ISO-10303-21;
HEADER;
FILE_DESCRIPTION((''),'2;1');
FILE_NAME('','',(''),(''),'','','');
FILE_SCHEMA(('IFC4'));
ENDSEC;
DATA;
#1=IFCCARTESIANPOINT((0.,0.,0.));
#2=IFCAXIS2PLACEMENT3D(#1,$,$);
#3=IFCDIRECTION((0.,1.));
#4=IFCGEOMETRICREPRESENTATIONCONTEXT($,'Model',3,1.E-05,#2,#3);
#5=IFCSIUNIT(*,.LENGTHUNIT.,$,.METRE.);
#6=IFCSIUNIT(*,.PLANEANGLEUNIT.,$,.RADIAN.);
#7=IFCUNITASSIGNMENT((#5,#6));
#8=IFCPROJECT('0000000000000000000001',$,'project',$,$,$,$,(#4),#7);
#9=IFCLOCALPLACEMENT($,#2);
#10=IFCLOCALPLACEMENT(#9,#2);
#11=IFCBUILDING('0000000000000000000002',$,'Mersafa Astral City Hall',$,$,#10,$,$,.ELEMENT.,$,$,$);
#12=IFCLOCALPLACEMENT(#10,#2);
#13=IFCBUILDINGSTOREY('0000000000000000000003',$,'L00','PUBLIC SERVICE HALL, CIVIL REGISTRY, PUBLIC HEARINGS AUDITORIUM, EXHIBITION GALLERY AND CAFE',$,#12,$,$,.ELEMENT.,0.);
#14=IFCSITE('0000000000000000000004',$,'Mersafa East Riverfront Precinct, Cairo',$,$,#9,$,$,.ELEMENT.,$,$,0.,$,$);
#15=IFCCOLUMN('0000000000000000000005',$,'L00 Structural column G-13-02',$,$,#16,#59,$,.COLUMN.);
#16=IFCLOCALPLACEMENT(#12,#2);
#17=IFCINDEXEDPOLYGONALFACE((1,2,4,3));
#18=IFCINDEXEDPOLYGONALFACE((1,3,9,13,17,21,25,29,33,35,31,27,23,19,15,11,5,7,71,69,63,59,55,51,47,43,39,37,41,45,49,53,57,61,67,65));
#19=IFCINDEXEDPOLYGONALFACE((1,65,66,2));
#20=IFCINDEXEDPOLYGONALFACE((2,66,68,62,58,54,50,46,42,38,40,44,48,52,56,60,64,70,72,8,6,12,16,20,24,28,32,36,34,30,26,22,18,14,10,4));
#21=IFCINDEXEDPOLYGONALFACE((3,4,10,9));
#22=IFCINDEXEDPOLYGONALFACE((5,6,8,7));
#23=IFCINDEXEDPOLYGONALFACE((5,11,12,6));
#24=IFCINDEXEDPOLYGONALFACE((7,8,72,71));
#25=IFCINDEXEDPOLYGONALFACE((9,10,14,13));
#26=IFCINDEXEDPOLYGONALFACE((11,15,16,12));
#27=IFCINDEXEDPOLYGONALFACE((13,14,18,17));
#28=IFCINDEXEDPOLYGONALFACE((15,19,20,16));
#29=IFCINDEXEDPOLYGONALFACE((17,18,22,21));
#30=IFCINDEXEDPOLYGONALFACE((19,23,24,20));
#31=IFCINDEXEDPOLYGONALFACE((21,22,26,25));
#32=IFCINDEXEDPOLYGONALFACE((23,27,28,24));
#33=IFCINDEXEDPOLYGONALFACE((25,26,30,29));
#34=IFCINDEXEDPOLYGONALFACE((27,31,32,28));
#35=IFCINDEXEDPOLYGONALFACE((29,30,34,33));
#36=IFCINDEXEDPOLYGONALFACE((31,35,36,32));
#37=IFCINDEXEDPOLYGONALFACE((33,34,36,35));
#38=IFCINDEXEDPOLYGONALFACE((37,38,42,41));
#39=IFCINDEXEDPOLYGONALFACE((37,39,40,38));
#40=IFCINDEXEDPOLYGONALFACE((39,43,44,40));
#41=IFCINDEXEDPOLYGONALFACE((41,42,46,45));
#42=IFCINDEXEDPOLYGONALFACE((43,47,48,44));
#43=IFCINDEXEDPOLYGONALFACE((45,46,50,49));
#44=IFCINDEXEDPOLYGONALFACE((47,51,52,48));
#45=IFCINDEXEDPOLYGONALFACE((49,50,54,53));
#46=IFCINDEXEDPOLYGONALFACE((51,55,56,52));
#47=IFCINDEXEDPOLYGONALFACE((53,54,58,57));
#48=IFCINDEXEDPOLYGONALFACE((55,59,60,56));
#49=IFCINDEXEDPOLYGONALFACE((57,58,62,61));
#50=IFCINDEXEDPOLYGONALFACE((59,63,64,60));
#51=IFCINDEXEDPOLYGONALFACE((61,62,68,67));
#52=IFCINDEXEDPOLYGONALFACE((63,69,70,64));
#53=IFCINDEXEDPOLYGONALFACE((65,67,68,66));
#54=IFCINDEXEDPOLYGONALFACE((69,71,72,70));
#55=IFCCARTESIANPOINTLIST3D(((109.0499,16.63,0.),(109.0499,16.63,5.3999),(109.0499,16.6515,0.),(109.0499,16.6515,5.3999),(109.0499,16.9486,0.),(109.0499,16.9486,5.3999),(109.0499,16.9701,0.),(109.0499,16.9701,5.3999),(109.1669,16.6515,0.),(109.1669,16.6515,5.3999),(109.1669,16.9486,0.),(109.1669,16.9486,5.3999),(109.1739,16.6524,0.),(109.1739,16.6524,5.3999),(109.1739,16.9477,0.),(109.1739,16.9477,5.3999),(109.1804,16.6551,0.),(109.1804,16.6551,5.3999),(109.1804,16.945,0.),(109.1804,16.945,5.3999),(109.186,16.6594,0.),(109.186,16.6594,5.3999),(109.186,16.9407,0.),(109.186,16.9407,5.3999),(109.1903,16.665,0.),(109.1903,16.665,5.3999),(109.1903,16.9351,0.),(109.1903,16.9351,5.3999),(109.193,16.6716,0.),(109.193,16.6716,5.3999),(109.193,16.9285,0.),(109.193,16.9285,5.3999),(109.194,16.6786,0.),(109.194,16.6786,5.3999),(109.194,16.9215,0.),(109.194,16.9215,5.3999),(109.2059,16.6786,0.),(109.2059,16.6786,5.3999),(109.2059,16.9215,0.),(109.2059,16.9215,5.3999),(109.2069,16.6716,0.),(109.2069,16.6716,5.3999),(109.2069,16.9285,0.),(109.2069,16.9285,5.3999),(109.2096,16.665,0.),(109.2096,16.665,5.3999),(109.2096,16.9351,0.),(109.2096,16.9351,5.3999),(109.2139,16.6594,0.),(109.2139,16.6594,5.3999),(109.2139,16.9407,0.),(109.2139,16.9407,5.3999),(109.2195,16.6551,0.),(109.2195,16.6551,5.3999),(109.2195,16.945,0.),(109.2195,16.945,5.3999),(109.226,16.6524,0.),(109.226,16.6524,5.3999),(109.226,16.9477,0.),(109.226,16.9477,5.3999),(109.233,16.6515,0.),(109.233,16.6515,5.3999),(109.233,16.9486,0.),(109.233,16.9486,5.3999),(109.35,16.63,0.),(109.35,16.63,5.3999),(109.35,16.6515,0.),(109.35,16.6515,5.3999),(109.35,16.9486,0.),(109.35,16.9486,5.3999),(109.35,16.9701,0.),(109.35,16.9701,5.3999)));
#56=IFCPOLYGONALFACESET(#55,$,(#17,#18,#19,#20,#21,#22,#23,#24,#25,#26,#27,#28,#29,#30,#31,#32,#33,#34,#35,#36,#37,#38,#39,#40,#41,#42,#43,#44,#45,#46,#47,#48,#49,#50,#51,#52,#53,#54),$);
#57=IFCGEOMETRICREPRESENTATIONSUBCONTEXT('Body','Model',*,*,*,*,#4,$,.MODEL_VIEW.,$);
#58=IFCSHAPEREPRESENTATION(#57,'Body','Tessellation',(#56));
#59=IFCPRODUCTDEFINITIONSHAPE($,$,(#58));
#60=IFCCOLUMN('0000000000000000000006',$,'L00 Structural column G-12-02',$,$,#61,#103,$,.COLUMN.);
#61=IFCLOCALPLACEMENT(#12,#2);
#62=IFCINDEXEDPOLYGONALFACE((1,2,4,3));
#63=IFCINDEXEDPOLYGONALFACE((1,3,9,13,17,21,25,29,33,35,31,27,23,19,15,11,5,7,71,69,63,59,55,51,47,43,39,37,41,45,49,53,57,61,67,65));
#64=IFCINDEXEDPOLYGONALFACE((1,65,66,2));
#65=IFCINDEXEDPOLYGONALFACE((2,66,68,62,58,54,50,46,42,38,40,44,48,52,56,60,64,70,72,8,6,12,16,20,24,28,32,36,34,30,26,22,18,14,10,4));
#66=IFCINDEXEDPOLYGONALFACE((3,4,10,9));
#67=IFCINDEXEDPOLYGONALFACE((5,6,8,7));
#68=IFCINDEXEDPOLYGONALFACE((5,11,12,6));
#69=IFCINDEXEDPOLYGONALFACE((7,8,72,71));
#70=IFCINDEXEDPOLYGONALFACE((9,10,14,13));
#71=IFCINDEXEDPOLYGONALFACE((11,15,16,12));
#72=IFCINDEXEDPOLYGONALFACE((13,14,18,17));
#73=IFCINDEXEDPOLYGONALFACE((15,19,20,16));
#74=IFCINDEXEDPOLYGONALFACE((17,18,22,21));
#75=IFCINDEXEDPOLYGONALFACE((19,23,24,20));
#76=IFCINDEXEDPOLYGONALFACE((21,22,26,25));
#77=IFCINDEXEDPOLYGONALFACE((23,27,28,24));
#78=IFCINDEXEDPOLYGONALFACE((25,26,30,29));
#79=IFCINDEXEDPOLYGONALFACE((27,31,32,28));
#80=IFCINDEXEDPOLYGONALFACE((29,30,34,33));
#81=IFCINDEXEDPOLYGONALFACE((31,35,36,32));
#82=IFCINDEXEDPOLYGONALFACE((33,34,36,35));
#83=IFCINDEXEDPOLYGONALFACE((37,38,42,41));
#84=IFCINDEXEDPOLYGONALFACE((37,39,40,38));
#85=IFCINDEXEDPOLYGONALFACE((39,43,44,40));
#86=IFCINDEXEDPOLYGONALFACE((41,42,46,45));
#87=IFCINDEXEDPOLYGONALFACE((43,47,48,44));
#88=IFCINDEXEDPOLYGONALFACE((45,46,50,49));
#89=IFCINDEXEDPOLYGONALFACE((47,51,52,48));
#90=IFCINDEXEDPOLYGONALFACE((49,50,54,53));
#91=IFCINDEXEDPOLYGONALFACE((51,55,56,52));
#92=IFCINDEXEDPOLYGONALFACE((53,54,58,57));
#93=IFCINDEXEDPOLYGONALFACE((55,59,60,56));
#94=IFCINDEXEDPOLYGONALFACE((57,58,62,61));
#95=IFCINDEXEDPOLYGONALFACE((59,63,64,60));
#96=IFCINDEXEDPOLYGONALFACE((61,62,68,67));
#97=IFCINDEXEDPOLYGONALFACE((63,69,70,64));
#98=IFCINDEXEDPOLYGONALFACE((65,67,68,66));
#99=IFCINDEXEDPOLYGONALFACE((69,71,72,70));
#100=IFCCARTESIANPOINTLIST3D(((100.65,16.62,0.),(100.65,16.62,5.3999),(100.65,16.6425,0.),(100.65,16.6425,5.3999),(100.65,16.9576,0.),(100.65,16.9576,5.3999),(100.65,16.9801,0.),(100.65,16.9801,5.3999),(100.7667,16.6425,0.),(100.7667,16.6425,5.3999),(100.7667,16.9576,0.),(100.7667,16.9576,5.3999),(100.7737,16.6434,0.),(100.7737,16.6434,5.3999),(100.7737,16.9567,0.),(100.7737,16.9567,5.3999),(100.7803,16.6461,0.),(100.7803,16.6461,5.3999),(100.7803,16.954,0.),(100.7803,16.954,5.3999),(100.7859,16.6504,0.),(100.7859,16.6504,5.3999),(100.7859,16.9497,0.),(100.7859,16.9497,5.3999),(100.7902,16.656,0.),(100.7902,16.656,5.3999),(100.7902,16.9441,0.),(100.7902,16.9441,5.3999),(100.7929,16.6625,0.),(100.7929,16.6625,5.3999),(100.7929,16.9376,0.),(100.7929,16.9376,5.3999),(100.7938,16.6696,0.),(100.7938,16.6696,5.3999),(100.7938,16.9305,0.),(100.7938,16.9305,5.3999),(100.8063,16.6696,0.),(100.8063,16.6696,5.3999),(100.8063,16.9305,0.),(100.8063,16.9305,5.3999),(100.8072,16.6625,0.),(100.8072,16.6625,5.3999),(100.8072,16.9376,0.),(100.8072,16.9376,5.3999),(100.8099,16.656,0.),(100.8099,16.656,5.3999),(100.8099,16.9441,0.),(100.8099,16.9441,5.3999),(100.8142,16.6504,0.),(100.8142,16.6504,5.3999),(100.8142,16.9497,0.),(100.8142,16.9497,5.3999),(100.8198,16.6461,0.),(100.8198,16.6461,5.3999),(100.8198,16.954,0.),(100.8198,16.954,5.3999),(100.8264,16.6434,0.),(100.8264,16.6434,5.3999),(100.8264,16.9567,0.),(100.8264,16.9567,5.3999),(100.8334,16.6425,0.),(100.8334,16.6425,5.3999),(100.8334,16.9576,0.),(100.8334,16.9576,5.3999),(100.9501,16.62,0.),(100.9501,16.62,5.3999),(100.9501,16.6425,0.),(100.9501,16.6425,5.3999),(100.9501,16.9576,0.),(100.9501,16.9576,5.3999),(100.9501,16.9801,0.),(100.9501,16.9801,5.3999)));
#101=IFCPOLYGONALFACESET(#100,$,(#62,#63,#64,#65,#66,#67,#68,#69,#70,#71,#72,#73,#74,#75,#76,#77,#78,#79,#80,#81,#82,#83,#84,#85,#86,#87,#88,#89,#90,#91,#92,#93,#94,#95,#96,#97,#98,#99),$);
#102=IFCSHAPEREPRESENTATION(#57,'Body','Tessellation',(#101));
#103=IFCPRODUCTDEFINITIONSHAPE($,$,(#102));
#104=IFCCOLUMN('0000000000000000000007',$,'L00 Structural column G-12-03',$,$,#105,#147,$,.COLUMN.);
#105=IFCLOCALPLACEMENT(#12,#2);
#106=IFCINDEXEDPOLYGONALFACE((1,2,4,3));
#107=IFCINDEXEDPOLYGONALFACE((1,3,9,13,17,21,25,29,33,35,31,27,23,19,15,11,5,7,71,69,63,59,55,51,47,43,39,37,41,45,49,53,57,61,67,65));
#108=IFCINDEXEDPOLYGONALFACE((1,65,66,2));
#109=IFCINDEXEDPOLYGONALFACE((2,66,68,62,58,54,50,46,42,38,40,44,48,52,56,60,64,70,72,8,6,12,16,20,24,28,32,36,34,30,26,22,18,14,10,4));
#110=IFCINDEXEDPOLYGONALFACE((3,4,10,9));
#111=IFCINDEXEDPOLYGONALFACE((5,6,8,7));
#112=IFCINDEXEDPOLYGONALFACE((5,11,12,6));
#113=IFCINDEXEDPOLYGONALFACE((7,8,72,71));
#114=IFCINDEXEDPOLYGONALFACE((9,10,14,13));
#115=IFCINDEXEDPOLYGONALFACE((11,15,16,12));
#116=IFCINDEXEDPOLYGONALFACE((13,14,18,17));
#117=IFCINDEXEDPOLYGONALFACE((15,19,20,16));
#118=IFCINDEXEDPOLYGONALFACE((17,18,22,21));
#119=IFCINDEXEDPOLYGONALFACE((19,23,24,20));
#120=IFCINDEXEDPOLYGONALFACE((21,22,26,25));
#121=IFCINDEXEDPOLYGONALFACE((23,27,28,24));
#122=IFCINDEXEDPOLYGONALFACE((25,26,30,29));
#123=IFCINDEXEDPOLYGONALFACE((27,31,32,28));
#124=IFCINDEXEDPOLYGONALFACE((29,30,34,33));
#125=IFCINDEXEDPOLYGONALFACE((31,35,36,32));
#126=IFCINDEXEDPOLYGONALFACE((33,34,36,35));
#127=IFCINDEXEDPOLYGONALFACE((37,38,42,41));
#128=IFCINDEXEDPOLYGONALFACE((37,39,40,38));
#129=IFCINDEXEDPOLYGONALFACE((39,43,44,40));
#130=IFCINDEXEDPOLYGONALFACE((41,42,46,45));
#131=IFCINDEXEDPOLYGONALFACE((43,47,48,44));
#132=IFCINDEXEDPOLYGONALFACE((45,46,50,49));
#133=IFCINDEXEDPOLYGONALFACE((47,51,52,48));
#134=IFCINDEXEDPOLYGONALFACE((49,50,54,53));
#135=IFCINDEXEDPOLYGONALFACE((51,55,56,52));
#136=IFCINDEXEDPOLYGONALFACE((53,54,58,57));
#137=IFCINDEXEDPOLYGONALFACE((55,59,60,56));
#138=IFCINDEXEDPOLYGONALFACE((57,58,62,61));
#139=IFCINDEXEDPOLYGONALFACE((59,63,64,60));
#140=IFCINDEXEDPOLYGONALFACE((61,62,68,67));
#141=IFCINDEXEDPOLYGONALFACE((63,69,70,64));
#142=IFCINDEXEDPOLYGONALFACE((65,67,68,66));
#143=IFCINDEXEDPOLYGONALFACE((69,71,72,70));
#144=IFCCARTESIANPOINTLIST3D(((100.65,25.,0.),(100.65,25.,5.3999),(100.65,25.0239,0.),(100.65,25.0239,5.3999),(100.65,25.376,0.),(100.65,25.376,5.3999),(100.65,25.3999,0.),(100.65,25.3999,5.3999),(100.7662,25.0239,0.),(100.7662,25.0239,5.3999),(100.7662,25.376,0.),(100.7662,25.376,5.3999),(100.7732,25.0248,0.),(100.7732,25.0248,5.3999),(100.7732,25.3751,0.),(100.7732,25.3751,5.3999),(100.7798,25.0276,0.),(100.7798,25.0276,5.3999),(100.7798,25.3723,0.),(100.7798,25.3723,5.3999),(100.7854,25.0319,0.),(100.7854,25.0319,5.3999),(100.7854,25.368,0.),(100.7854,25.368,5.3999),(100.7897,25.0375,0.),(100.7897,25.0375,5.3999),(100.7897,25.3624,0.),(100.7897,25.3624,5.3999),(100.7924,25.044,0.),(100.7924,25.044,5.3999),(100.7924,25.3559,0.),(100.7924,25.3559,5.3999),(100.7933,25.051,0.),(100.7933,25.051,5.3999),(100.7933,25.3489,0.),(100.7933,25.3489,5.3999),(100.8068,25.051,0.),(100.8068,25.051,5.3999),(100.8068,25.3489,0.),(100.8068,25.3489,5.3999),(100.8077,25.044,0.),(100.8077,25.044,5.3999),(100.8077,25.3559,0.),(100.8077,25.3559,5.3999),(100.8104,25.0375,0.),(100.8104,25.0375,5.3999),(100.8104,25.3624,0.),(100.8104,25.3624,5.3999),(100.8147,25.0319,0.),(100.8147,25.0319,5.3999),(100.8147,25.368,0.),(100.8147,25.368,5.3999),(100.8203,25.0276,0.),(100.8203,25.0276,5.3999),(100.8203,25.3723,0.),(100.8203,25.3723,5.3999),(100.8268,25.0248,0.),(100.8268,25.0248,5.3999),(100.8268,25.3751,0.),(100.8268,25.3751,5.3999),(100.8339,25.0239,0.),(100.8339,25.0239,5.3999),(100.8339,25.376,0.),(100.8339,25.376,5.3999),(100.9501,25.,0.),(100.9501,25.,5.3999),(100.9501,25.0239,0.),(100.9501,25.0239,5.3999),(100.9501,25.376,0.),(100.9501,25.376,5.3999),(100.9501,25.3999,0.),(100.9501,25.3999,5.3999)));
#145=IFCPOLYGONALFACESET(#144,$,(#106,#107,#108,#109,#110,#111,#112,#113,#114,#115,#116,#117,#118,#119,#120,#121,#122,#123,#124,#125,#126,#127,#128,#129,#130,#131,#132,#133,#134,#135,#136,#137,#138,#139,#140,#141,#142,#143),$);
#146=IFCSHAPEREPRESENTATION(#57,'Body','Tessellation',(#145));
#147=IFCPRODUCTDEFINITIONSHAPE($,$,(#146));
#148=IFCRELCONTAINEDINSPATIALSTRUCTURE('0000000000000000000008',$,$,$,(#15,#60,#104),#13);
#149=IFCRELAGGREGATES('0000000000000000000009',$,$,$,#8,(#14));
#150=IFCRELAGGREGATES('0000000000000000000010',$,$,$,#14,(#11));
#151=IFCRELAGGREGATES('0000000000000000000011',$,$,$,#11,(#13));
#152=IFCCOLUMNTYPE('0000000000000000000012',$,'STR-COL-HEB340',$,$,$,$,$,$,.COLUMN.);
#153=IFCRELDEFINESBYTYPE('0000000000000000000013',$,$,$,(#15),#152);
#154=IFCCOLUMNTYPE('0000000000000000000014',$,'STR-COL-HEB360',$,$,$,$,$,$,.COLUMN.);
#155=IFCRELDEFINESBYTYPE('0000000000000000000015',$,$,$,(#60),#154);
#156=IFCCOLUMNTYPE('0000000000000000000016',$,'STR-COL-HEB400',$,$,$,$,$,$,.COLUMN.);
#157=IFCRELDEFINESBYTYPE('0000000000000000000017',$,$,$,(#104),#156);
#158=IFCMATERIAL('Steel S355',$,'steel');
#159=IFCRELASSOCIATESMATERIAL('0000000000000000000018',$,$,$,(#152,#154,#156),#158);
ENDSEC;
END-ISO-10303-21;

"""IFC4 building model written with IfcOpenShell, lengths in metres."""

from ifc_helpers import new_model, si_unit, direction, frame, origin, origin_2d, place, context, subcontext, project, spatial, i_section, extrude, material, material_profile, profile_set, type_object, element, save


model = new_model("IFC4")

# Units and contexts
model_context = context("Model", 3, precision=1e-05, world=origin(), true_north=direction((0.0, 1.0)))
body_context = subcontext(model_context, "Body", "Model", "MODEL_VIEW")
ifc_project = project(units=[si_unit("LENGTHUNIT", "METRE"), si_unit("PLANEANGLEUNIT", "RADIAN")], contexts=[model_context])

# Site, building, storey
site_placement = place(None, origin())
site = spatial("IfcSite", under=ifc_project, at=site_placement, Name="Mersafa East Riverfront Precinct, Cairo", CompositionType="ELEMENT", RefElevation=0.0)
building_placement = place(site_placement, origin())
building = spatial("IfcBuilding", under=site, at=building_placement, Name="Mersafa Astral City Hall", CompositionType="ELEMENT")
storey_placement = place(building_placement, origin())
storey = spatial("IfcBuildingStorey", under=building, at=storey_placement, Name="L00", Description="PUBLIC SERVICE HALL, CIVIL REGISTRY, PUBLIC HEARINGS AUDITORIUM, EXHIBITION GALLERY AND CAFE", CompositionType="ELEMENT", Elevation=0.0)

# Columns
ifc_material_1 = material(Name="Steel S355", Category="steel")
ifc_material_profile_1 = material_profile(ifc_material_1, i_section(OverallWidth=0.3, OverallDepth=0.3401, WebThickness=0.012, FlangeThickness=0.0215, FilletRadius=0.0271, at=origin_2d()), Name="HEB 340")
ifc_profile_set_1 = profile_set([ifc_material_profile_1], Name="Steel S355")
column_type_1 = type_object("IfcColumnType", Name="STR-COL-HEB340", PredefinedType="COLUMN", material=ifc_profile_set_1)
column_1_placement = place(storey_placement, frame((109.2, 16.8, 0.0), z_axis=(0.0, 0.0, 1.0), x_axis=(1.0, 0.0, 0.0)))
element("IfcColumn", 1, at=column_1_placement, inside=storey, type_object=column_type_1, Name="L00 Structural column G-13-02", PredefinedType="COLUMN", context=body_context, shape_type="SweptSolid", body=[
    extrude(i_section(OverallWidth=0.3, OverallDepth=0.3401, WebThickness=0.012, FlangeThickness=0.0215, FilletRadius=0.0271, at=origin_2d()), origin(), (0.0, 0.0, 1.0), 5.3999),
])
ifc_material_profile_2 = material_profile(ifc_material_1, i_section(OverallWidth=0.3, OverallDepth=0.3601, WebThickness=0.0125, FlangeThickness=0.0225, FilletRadius=0.0271, at=origin_2d()), Name="HEB 360")
ifc_profile_set_2 = profile_set([ifc_material_profile_2], Name="Steel S355")
column_type_2 = type_object("IfcColumnType", Name="STR-COL-HEB360", PredefinedType="COLUMN", material=ifc_profile_set_2)
column_2_placement = place(storey_placement, frame((100.8, 16.8, 0.0), z_axis=(0.0, 0.0, 1.0), x_axis=(1.0, 0.0, 0.0)))
element("IfcColumn", 2, at=column_2_placement, inside=storey, type_object=column_type_2, Name="L00 Structural column G-12-02", PredefinedType="COLUMN", context=body_context, shape_type="SweptSolid", body=[
    extrude(i_section(OverallWidth=0.3, OverallDepth=0.3601, WebThickness=0.0125, FlangeThickness=0.0225, FilletRadius=0.0271, at=origin_2d()), origin(), (0.0, 0.0, 1.0), 5.3999),
])
ifc_material_profile_3 = material_profile(ifc_material_1, i_section(OverallWidth=0.3, OverallDepth=0.3999, WebThickness=0.0134, FlangeThickness=0.0239, FilletRadius=0.0271, at=origin_2d()), Name="HEB 400")
ifc_profile_set_3 = profile_set([ifc_material_profile_3], Name="Steel S355")
column_type_3 = type_object("IfcColumnType", Name="STR-COL-HEB400", PredefinedType="COLUMN", material=ifc_profile_set_3)
column_3_placement = place(storey_placement, frame((100.8, 25.2, 0.0), z_axis=(0.0, 0.0, 1.0), x_axis=(1.0, 0.0, 0.0)))
element("IfcColumn", 3, at=column_3_placement, inside=storey, type_object=column_type_3, Name="L00 Structural column G-12-03", PredefinedType="COLUMN", context=body_context, shape_type="SweptSolid", body=[
    extrude(i_section(OverallWidth=0.3, OverallDepth=0.3999, WebThickness=0.0134, FlangeThickness=0.0239, FilletRadius=0.0271, at=origin_2d()), origin(), (0.0, 0.0, 1.0), 5.3999),
])

save(model, "model.ifc")
